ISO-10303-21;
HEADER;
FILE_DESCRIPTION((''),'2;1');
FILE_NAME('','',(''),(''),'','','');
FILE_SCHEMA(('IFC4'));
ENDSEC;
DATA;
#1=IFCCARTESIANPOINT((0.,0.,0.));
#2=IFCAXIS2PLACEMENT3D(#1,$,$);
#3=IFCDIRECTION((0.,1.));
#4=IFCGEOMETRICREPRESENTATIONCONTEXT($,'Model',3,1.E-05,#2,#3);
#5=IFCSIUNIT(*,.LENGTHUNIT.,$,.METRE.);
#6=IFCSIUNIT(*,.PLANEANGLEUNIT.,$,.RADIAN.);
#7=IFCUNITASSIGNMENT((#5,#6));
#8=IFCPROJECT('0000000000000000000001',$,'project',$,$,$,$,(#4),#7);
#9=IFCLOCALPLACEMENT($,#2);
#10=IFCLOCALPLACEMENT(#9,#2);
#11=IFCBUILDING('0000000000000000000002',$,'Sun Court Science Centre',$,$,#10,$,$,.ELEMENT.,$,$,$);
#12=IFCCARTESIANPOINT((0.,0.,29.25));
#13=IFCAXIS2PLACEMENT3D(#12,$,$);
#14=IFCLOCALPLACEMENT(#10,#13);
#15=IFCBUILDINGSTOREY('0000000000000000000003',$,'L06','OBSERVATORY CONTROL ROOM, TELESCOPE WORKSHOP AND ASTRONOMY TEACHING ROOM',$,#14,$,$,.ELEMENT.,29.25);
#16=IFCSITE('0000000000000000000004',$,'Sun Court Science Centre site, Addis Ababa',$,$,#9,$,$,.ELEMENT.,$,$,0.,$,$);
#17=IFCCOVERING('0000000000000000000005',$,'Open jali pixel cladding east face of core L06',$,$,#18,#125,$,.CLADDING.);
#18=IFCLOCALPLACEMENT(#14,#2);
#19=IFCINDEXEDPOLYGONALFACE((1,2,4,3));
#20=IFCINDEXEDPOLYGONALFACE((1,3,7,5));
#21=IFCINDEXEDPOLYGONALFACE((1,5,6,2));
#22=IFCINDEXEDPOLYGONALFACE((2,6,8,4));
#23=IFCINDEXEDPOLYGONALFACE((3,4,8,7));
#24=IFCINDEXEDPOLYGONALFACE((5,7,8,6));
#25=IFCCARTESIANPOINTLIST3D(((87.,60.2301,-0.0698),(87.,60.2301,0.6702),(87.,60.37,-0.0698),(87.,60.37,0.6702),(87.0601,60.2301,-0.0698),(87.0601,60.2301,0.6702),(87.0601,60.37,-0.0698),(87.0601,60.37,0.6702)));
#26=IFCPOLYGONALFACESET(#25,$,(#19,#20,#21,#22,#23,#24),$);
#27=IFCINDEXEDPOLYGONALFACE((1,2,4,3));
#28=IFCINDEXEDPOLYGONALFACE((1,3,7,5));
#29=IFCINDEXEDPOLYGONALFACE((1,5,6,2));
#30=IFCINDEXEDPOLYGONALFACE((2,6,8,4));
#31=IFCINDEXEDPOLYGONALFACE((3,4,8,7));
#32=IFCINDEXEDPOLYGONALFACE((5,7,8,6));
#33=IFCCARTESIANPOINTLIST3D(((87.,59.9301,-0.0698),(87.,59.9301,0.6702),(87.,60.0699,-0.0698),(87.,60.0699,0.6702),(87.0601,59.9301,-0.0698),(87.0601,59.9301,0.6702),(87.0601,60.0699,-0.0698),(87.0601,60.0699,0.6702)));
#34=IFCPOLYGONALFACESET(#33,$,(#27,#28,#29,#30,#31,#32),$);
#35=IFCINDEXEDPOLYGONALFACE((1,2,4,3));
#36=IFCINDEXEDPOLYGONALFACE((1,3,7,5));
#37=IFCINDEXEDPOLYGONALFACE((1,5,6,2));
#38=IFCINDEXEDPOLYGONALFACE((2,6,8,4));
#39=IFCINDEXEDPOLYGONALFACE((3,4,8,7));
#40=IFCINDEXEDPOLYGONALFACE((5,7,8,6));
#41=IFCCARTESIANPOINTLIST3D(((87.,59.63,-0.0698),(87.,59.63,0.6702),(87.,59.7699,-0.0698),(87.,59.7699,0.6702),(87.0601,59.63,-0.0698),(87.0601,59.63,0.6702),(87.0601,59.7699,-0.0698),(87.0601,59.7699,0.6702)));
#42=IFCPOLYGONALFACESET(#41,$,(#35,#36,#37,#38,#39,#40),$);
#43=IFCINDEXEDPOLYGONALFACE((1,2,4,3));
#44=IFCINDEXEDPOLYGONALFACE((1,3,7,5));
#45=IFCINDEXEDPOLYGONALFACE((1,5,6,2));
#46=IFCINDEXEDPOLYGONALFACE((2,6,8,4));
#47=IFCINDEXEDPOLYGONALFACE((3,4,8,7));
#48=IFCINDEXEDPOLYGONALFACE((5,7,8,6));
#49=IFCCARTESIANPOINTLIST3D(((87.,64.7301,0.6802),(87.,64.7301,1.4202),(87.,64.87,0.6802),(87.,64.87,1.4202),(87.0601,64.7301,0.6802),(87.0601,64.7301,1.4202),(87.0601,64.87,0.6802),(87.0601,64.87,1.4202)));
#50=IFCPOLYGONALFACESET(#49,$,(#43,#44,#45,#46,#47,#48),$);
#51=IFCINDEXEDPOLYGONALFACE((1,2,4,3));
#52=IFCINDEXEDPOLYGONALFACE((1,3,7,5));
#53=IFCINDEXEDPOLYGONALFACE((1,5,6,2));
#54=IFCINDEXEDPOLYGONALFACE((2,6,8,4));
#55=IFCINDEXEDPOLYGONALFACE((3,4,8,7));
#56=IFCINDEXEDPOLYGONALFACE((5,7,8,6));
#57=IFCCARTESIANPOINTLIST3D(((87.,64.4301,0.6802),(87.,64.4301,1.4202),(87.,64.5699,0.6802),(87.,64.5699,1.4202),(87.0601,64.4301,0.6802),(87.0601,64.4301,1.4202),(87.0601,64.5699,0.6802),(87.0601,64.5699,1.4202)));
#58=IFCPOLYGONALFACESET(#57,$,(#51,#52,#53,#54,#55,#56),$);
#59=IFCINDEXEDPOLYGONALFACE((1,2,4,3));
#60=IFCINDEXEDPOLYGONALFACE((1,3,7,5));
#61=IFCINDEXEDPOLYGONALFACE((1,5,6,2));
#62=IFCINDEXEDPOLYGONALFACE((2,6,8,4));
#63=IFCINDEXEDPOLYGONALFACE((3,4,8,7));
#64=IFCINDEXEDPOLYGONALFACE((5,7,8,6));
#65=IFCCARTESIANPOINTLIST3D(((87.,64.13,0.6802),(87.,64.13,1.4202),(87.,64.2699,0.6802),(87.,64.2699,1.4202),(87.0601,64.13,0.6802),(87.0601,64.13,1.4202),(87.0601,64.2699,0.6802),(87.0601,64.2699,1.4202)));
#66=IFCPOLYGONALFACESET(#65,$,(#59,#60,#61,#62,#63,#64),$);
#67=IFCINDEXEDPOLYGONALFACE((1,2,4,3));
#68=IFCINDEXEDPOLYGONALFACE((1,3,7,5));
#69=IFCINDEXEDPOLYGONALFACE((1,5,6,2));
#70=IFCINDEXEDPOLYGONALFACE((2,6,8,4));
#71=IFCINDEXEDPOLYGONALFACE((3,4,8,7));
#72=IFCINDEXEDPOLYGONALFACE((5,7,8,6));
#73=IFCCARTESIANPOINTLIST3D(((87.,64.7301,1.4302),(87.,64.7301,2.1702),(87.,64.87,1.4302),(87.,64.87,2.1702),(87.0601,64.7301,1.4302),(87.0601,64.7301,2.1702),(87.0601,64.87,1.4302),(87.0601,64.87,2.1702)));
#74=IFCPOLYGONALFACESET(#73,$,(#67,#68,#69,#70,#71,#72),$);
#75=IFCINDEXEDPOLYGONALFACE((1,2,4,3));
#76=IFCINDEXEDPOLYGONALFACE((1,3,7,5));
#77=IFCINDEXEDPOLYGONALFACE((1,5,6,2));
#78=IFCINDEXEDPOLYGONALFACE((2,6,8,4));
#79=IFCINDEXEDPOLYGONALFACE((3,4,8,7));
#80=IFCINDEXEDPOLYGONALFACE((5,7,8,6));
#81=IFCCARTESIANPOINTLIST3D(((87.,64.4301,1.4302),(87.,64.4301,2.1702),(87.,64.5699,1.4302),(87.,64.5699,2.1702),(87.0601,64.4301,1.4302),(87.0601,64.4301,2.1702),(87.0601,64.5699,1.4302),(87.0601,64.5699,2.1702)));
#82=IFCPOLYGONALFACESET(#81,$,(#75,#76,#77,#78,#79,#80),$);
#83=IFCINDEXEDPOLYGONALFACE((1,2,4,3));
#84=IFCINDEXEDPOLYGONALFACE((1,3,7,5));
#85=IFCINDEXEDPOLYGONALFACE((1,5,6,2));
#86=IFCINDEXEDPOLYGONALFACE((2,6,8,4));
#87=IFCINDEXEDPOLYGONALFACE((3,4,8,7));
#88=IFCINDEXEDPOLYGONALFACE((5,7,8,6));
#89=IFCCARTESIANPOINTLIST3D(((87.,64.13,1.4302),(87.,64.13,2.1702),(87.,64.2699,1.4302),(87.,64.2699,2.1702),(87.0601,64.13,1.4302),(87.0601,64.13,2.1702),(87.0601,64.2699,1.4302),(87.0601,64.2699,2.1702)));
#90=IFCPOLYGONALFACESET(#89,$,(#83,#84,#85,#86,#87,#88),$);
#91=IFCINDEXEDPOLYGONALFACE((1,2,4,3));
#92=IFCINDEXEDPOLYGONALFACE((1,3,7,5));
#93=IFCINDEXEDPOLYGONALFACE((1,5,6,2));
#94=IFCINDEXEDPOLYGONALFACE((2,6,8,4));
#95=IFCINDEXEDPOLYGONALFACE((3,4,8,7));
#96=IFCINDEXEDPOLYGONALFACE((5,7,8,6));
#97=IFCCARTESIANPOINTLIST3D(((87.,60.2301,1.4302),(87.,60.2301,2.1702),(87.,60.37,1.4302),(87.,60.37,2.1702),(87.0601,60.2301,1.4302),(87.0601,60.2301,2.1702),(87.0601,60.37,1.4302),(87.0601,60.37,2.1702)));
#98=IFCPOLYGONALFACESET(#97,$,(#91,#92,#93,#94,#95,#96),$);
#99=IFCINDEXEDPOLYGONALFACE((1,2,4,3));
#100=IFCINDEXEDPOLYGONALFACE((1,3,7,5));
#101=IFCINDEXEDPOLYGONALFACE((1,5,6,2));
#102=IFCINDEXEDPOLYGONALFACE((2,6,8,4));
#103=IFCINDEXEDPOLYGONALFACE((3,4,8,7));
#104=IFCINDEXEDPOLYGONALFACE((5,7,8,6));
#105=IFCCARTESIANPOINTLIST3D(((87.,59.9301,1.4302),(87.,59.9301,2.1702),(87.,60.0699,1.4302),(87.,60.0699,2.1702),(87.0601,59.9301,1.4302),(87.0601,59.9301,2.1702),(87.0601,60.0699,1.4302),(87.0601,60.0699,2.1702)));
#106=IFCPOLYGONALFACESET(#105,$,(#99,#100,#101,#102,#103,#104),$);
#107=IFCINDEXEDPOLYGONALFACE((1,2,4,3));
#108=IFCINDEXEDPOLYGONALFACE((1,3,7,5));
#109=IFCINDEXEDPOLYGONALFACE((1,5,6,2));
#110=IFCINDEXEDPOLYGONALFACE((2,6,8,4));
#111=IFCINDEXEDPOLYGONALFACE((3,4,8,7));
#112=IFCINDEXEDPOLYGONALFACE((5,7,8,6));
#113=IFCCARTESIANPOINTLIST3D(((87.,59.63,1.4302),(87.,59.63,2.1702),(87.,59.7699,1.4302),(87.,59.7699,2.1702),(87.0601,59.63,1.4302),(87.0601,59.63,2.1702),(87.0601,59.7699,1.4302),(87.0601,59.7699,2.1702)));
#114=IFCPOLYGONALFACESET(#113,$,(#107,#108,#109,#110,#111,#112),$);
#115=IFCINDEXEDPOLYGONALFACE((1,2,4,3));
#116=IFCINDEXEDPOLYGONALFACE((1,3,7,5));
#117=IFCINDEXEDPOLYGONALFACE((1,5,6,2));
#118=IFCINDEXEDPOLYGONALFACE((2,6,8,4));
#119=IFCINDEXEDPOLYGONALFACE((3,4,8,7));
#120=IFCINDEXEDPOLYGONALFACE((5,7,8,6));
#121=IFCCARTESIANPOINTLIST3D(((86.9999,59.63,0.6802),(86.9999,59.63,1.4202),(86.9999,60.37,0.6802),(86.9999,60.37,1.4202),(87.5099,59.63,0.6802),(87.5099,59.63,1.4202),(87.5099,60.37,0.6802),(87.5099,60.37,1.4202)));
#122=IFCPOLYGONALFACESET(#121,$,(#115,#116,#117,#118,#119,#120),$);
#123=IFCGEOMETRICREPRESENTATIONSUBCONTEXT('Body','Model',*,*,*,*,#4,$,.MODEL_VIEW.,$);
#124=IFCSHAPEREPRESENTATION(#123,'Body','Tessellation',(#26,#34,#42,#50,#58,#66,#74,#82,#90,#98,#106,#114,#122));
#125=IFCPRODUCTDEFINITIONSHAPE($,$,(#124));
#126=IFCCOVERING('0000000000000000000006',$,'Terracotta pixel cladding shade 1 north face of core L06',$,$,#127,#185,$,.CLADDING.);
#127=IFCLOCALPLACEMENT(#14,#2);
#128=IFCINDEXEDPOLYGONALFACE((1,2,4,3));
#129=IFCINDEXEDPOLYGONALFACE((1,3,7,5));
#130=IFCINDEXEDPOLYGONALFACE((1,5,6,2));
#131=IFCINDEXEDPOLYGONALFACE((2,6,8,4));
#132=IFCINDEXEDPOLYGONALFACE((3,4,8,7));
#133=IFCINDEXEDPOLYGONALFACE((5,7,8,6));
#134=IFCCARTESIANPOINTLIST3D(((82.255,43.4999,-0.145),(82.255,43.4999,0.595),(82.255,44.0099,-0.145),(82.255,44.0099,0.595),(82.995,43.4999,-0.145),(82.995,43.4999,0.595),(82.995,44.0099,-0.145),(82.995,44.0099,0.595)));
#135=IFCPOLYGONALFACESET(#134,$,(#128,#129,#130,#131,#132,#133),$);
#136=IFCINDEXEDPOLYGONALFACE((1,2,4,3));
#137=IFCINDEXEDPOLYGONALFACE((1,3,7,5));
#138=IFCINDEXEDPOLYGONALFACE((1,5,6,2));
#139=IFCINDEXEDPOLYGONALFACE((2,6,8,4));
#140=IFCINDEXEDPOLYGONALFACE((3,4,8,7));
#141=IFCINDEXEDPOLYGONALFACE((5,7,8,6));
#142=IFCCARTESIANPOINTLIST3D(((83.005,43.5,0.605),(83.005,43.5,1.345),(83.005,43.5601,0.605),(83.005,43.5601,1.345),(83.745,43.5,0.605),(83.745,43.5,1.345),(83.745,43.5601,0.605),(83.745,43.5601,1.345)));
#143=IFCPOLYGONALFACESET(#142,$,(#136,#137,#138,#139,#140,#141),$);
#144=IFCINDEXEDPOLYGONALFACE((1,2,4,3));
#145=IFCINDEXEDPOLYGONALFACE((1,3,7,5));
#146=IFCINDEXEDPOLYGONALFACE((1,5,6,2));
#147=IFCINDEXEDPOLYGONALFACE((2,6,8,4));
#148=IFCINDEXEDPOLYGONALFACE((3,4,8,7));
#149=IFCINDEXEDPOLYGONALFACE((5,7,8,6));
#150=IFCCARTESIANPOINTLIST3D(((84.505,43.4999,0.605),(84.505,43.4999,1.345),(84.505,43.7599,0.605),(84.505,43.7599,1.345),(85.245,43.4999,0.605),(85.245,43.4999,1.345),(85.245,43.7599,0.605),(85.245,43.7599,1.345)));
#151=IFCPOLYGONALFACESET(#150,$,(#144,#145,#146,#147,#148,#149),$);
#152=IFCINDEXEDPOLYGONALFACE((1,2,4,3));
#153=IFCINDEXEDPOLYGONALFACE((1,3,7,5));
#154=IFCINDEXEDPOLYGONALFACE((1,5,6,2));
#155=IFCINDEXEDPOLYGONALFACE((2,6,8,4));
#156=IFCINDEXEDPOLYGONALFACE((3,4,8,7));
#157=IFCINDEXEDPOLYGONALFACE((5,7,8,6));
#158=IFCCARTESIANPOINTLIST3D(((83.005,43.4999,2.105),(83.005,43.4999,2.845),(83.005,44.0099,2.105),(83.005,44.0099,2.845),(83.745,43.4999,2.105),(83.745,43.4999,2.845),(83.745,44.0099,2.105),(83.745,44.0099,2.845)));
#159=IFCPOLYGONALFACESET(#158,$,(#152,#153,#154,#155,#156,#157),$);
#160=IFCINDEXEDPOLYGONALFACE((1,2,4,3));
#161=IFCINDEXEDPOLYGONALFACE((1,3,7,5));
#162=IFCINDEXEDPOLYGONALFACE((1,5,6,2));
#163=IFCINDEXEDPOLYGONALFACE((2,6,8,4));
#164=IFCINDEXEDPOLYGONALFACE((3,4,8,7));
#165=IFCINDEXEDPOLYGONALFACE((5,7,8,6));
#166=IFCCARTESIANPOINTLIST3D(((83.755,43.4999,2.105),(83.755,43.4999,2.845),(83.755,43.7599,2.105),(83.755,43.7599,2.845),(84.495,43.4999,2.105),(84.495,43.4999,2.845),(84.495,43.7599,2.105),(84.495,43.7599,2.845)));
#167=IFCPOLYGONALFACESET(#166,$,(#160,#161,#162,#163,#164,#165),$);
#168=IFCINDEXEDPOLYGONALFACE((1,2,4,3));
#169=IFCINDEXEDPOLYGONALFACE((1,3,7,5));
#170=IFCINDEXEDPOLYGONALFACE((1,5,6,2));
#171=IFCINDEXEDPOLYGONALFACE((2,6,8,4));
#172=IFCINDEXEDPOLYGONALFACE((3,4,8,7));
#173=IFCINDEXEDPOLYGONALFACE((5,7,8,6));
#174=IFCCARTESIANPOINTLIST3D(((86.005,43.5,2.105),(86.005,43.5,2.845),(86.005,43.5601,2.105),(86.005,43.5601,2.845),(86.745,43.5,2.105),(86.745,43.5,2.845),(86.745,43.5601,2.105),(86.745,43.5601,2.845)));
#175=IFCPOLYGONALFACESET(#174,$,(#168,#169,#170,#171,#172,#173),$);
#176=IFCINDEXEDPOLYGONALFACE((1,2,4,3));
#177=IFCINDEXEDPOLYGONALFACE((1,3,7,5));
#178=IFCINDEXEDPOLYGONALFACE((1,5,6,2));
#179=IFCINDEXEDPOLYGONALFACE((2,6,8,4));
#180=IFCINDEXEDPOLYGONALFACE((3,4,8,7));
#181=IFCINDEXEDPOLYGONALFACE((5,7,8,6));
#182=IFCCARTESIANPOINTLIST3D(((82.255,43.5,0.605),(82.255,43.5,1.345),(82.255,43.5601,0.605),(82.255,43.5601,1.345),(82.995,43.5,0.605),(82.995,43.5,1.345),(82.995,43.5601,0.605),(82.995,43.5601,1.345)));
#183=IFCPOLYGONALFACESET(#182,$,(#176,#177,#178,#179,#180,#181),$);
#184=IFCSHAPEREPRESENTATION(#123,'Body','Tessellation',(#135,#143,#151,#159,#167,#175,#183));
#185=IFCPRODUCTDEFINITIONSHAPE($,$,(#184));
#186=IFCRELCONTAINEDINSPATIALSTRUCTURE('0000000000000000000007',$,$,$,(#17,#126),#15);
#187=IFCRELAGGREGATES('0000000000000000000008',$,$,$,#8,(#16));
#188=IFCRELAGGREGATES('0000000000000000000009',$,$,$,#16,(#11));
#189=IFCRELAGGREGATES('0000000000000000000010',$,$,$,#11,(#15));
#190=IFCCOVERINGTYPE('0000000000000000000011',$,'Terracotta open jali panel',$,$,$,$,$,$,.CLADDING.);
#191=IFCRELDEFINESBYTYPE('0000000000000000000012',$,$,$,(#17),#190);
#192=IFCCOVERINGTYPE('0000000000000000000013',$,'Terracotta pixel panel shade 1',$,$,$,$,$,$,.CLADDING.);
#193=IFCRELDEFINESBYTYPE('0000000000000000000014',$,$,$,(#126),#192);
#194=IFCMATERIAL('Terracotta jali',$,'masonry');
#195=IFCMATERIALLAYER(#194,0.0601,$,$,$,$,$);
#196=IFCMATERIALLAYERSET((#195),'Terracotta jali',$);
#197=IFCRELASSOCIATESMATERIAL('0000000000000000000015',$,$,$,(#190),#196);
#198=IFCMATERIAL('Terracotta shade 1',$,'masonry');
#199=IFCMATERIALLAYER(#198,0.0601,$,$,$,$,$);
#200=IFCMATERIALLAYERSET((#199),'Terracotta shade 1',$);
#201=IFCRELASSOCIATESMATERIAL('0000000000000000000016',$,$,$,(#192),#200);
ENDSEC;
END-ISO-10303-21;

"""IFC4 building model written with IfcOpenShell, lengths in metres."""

from ifc_helpers import new_model, si_unit, direction, frame, origin, origin_2d, place, context, subcontext, project, spatial, rectangle, extrude, material, layer, layer_set, type_object, element, save


model = new_model("IFC4")

# Units and contexts
model_context = context("Model", 3, precision=1e-05, world=origin(), true_north=direction((0.0, 1.0)))
body_context = subcontext(model_context, "Body", "Model", "MODEL_VIEW")
ifc_project = project(units=[si_unit("LENGTHUNIT", "METRE"), si_unit("PLANEANGLEUNIT", "RADIAN")], contexts=[model_context])

# Site, building, storey
site_placement = place(None, origin())
site = spatial("IfcSite", under=ifc_project, at=site_placement, Name="Sun Court Science Centre site, Addis Ababa", CompositionType="ELEMENT", RefElevation=0.0)
building_placement = place(site_placement, origin())
building = spatial("IfcBuilding", under=site, at=building_placement, Name="Sun Court Science Centre", CompositionType="ELEMENT")
storey_placement = place(building_placement, frame((0.0, 0.0, 29.25)))
storey = spatial("IfcBuildingStorey", under=building, at=storey_placement, Name="L06", Description="OBSERVATORY CONTROL ROOM, TELESCOPE WORKSHOP AND ASTRONOMY TEACHING ROOM", CompositionType="ELEMENT", Elevation=29.25)

# Coverings
ifc_material_1 = material(Name="Terracotta jali", Category="masonry")
ifc_layer_1 = layer(ifc_material_1, 0.0601)
ifc_layer_set_1 = layer_set([ifc_layer_1], Name="Terracotta jali")
covering_type_1 = type_object("IfcCoveringType", Name="Terracotta open jali panel", PredefinedType="CLADDING", material=ifc_layer_set_1)
covering_1_placement = place(storey_placement, frame((0.0, 0.0, -29.25)))
element("IfcCovering", 1, at=covering_1_placement, inside=storey, type_object=covering_type_1, Name="Open jali pixel cladding east face of core L06", PredefinedType="CLADDING", context=body_context, shape_type="SweptSolid", body=[
    extrude(rectangle(XDim=0.1399, YDim=0.0601, at=origin_2d()), frame((87.03, 60.3, 29.1802), z_axis=(0.0, 0.0, 1.0), x_axis=(0.0, -1.0, 0.0)), (0.0, 0.0, 1.0), 0.74),
    extrude(rectangle(XDim=0.1399, YDim=0.0601, at=origin_2d()), frame((87.03, 60.0, 29.1802), z_axis=(0.0, 0.0, 1.0), x_axis=(0.0, -1.0, 0.0)), (0.0, 0.0, 1.0), 0.74),
    extrude(rectangle(XDim=0.1399, YDim=0.0601, at=origin_2d()), frame((87.03, 59.7, 29.1802), z_axis=(0.0, 0.0, 1.0), x_axis=(0.0, -1.0, 0.0)), (0.0, 0.0, 1.0), 0.74),
    extrude(rectangle(XDim=0.1399, YDim=0.0601, at=origin_2d()), frame((87.03, 64.8, 29.9302), z_axis=(0.0, 0.0, 1.0), x_axis=(0.0, -1.0, 0.0)), (0.0, 0.0, 1.0), 0.74),
    extrude(rectangle(XDim=0.1399, YDim=0.0601, at=origin_2d()), frame((87.03, 64.5, 29.9302), z_axis=(0.0, 0.0, 1.0), x_axis=(0.0, -1.0, 0.0)), (0.0, 0.0, 1.0), 0.74),
    extrude(rectangle(XDim=0.1399, YDim=0.0601, at=origin_2d()), frame((87.03, 64.2, 29.9302), z_axis=(0.0, 0.0, 1.0), x_axis=(0.0, -1.0, 0.0)), (0.0, 0.0, 1.0), 0.74),
    extrude(rectangle(XDim=0.1399, YDim=0.0601, at=origin_2d()), frame((87.03, 64.8, 30.6802), z_axis=(0.0, 0.0, 1.0), x_axis=(0.0, -1.0, 0.0)), (0.0, 0.0, 1.0), 0.74),
    extrude(rectangle(XDim=0.1399, YDim=0.0601, at=origin_2d()), frame((87.03, 64.5, 30.6802), z_axis=(0.0, 0.0, 1.0), x_axis=(0.0, -1.0, 0.0)), (0.0, 0.0, 1.0), 0.74),
    extrude(rectangle(XDim=0.1399, YDim=0.0601, at=origin_2d()), frame((87.03, 64.2, 30.6802), z_axis=(0.0, 0.0, 1.0), x_axis=(0.0, -1.0, 0.0)), (0.0, 0.0, 1.0), 0.74),
    extrude(rectangle(XDim=0.1399, YDim=0.0601, at=origin_2d()), frame((87.03, 60.3, 30.6802), z_axis=(0.0, 0.0, 1.0), x_axis=(0.0, -1.0, 0.0)), (0.0, 0.0, 1.0), 0.74),
    extrude(rectangle(XDim=0.1399, YDim=0.0601, at=origin_2d()), frame((87.03, 60.0, 30.6802), z_axis=(0.0, 0.0, 1.0), x_axis=(0.0, -1.0, 0.0)), (0.0, 0.0, 1.0), 0.74),
    extrude(rectangle(XDim=0.1399, YDim=0.0601, at=origin_2d()), frame((87.03, 59.7, 30.6802), z_axis=(0.0, 0.0, 1.0), x_axis=(0.0, -1.0, 0.0)), (0.0, 0.0, 1.0), 0.74),
    extrude(rectangle(XDim=0.74, YDim=0.51, at=origin_2d()), frame((87.2549, 60.0, 29.9302), z_axis=(0.0, 0.0, 1.0), x_axis=(0.0, -1.0, 0.0)), (0.0, 0.0, 1.0), 0.74),
])
ifc_material_2 = material(Name="Terracotta shade 1", Category="masonry")
ifc_layer_2 = layer(ifc_material_2, 0.0601)
ifc_layer_set_2 = layer_set([ifc_layer_2], Name="Terracotta shade 1")
covering_type_2 = type_object("IfcCoveringType", Name="Terracotta pixel panel shade 1", PredefinedType="CLADDING", material=ifc_layer_set_2)
covering_2_placement = place(storey_placement, frame((0.0, 0.0, -29.25)))
element("IfcCovering", 2, at=covering_2_placement, inside=storey, type_object=covering_type_2, Name="Terracotta pixel cladding shade 1 north face of core L06", PredefinedType="CLADDING", context=body_context, shape_type="SweptSolid", body=[
    extrude(rectangle(XDim=0.74, YDim=0.51, at=origin_2d()), frame((82.625, 43.7549, 29.105), z_axis=(0.0, 0.0, 1.0), x_axis=(1.0, 0.0, 0.0)), (0.0, 0.0, 1.0), 0.74),
    extrude(rectangle(XDim=0.74, YDim=0.0601, at=origin_2d()), frame((83.375, 43.53, 29.855), z_axis=(0.0, 0.0, 1.0), x_axis=(1.0, 0.0, 0.0)), (0.0, 0.0, 1.0), 0.74),
    extrude(rectangle(XDim=0.74, YDim=0.26, at=origin_2d()), frame((84.875, 43.6299, 29.855), z_axis=(0.0, 0.0, 1.0), x_axis=(1.0, 0.0, 0.0)), (0.0, 0.0, 1.0), 0.74),
    extrude(rectangle(XDim=0.74, YDim=0.51, at=origin_2d()), frame((83.375, 43.7549, 31.355), z_axis=(0.0, 0.0, 1.0), x_axis=(1.0, 0.0, 0.0)), (0.0, 0.0, 1.0), 0.74),
    extrude(rectangle(XDim=0.74, YDim=0.26, at=origin_2d()), frame((84.125, 43.6299, 31.355), z_axis=(0.0, 0.0, 1.0), x_axis=(1.0, 0.0, 0.0)), (0.0, 0.0, 1.0), 0.74),
    extrude(rectangle(XDim=0.74, YDim=0.0601, at=origin_2d()), frame((86.375, 43.53, 31.355), z_axis=(0.0, 0.0, 1.0), x_axis=(1.0, 0.0, 0.0)), (0.0, 0.0, 1.0), 0.74),
    extrude(rectangle(XDim=0.74, YDim=0.0601, at=origin_2d()), frame((82.625, 43.53, 29.855), z_axis=(0.0, 0.0, 1.0), x_axis=(1.0, 0.0, 0.0)), (0.0, 0.0, 1.0), 0.74),
])

save(model, "model.ifc")
